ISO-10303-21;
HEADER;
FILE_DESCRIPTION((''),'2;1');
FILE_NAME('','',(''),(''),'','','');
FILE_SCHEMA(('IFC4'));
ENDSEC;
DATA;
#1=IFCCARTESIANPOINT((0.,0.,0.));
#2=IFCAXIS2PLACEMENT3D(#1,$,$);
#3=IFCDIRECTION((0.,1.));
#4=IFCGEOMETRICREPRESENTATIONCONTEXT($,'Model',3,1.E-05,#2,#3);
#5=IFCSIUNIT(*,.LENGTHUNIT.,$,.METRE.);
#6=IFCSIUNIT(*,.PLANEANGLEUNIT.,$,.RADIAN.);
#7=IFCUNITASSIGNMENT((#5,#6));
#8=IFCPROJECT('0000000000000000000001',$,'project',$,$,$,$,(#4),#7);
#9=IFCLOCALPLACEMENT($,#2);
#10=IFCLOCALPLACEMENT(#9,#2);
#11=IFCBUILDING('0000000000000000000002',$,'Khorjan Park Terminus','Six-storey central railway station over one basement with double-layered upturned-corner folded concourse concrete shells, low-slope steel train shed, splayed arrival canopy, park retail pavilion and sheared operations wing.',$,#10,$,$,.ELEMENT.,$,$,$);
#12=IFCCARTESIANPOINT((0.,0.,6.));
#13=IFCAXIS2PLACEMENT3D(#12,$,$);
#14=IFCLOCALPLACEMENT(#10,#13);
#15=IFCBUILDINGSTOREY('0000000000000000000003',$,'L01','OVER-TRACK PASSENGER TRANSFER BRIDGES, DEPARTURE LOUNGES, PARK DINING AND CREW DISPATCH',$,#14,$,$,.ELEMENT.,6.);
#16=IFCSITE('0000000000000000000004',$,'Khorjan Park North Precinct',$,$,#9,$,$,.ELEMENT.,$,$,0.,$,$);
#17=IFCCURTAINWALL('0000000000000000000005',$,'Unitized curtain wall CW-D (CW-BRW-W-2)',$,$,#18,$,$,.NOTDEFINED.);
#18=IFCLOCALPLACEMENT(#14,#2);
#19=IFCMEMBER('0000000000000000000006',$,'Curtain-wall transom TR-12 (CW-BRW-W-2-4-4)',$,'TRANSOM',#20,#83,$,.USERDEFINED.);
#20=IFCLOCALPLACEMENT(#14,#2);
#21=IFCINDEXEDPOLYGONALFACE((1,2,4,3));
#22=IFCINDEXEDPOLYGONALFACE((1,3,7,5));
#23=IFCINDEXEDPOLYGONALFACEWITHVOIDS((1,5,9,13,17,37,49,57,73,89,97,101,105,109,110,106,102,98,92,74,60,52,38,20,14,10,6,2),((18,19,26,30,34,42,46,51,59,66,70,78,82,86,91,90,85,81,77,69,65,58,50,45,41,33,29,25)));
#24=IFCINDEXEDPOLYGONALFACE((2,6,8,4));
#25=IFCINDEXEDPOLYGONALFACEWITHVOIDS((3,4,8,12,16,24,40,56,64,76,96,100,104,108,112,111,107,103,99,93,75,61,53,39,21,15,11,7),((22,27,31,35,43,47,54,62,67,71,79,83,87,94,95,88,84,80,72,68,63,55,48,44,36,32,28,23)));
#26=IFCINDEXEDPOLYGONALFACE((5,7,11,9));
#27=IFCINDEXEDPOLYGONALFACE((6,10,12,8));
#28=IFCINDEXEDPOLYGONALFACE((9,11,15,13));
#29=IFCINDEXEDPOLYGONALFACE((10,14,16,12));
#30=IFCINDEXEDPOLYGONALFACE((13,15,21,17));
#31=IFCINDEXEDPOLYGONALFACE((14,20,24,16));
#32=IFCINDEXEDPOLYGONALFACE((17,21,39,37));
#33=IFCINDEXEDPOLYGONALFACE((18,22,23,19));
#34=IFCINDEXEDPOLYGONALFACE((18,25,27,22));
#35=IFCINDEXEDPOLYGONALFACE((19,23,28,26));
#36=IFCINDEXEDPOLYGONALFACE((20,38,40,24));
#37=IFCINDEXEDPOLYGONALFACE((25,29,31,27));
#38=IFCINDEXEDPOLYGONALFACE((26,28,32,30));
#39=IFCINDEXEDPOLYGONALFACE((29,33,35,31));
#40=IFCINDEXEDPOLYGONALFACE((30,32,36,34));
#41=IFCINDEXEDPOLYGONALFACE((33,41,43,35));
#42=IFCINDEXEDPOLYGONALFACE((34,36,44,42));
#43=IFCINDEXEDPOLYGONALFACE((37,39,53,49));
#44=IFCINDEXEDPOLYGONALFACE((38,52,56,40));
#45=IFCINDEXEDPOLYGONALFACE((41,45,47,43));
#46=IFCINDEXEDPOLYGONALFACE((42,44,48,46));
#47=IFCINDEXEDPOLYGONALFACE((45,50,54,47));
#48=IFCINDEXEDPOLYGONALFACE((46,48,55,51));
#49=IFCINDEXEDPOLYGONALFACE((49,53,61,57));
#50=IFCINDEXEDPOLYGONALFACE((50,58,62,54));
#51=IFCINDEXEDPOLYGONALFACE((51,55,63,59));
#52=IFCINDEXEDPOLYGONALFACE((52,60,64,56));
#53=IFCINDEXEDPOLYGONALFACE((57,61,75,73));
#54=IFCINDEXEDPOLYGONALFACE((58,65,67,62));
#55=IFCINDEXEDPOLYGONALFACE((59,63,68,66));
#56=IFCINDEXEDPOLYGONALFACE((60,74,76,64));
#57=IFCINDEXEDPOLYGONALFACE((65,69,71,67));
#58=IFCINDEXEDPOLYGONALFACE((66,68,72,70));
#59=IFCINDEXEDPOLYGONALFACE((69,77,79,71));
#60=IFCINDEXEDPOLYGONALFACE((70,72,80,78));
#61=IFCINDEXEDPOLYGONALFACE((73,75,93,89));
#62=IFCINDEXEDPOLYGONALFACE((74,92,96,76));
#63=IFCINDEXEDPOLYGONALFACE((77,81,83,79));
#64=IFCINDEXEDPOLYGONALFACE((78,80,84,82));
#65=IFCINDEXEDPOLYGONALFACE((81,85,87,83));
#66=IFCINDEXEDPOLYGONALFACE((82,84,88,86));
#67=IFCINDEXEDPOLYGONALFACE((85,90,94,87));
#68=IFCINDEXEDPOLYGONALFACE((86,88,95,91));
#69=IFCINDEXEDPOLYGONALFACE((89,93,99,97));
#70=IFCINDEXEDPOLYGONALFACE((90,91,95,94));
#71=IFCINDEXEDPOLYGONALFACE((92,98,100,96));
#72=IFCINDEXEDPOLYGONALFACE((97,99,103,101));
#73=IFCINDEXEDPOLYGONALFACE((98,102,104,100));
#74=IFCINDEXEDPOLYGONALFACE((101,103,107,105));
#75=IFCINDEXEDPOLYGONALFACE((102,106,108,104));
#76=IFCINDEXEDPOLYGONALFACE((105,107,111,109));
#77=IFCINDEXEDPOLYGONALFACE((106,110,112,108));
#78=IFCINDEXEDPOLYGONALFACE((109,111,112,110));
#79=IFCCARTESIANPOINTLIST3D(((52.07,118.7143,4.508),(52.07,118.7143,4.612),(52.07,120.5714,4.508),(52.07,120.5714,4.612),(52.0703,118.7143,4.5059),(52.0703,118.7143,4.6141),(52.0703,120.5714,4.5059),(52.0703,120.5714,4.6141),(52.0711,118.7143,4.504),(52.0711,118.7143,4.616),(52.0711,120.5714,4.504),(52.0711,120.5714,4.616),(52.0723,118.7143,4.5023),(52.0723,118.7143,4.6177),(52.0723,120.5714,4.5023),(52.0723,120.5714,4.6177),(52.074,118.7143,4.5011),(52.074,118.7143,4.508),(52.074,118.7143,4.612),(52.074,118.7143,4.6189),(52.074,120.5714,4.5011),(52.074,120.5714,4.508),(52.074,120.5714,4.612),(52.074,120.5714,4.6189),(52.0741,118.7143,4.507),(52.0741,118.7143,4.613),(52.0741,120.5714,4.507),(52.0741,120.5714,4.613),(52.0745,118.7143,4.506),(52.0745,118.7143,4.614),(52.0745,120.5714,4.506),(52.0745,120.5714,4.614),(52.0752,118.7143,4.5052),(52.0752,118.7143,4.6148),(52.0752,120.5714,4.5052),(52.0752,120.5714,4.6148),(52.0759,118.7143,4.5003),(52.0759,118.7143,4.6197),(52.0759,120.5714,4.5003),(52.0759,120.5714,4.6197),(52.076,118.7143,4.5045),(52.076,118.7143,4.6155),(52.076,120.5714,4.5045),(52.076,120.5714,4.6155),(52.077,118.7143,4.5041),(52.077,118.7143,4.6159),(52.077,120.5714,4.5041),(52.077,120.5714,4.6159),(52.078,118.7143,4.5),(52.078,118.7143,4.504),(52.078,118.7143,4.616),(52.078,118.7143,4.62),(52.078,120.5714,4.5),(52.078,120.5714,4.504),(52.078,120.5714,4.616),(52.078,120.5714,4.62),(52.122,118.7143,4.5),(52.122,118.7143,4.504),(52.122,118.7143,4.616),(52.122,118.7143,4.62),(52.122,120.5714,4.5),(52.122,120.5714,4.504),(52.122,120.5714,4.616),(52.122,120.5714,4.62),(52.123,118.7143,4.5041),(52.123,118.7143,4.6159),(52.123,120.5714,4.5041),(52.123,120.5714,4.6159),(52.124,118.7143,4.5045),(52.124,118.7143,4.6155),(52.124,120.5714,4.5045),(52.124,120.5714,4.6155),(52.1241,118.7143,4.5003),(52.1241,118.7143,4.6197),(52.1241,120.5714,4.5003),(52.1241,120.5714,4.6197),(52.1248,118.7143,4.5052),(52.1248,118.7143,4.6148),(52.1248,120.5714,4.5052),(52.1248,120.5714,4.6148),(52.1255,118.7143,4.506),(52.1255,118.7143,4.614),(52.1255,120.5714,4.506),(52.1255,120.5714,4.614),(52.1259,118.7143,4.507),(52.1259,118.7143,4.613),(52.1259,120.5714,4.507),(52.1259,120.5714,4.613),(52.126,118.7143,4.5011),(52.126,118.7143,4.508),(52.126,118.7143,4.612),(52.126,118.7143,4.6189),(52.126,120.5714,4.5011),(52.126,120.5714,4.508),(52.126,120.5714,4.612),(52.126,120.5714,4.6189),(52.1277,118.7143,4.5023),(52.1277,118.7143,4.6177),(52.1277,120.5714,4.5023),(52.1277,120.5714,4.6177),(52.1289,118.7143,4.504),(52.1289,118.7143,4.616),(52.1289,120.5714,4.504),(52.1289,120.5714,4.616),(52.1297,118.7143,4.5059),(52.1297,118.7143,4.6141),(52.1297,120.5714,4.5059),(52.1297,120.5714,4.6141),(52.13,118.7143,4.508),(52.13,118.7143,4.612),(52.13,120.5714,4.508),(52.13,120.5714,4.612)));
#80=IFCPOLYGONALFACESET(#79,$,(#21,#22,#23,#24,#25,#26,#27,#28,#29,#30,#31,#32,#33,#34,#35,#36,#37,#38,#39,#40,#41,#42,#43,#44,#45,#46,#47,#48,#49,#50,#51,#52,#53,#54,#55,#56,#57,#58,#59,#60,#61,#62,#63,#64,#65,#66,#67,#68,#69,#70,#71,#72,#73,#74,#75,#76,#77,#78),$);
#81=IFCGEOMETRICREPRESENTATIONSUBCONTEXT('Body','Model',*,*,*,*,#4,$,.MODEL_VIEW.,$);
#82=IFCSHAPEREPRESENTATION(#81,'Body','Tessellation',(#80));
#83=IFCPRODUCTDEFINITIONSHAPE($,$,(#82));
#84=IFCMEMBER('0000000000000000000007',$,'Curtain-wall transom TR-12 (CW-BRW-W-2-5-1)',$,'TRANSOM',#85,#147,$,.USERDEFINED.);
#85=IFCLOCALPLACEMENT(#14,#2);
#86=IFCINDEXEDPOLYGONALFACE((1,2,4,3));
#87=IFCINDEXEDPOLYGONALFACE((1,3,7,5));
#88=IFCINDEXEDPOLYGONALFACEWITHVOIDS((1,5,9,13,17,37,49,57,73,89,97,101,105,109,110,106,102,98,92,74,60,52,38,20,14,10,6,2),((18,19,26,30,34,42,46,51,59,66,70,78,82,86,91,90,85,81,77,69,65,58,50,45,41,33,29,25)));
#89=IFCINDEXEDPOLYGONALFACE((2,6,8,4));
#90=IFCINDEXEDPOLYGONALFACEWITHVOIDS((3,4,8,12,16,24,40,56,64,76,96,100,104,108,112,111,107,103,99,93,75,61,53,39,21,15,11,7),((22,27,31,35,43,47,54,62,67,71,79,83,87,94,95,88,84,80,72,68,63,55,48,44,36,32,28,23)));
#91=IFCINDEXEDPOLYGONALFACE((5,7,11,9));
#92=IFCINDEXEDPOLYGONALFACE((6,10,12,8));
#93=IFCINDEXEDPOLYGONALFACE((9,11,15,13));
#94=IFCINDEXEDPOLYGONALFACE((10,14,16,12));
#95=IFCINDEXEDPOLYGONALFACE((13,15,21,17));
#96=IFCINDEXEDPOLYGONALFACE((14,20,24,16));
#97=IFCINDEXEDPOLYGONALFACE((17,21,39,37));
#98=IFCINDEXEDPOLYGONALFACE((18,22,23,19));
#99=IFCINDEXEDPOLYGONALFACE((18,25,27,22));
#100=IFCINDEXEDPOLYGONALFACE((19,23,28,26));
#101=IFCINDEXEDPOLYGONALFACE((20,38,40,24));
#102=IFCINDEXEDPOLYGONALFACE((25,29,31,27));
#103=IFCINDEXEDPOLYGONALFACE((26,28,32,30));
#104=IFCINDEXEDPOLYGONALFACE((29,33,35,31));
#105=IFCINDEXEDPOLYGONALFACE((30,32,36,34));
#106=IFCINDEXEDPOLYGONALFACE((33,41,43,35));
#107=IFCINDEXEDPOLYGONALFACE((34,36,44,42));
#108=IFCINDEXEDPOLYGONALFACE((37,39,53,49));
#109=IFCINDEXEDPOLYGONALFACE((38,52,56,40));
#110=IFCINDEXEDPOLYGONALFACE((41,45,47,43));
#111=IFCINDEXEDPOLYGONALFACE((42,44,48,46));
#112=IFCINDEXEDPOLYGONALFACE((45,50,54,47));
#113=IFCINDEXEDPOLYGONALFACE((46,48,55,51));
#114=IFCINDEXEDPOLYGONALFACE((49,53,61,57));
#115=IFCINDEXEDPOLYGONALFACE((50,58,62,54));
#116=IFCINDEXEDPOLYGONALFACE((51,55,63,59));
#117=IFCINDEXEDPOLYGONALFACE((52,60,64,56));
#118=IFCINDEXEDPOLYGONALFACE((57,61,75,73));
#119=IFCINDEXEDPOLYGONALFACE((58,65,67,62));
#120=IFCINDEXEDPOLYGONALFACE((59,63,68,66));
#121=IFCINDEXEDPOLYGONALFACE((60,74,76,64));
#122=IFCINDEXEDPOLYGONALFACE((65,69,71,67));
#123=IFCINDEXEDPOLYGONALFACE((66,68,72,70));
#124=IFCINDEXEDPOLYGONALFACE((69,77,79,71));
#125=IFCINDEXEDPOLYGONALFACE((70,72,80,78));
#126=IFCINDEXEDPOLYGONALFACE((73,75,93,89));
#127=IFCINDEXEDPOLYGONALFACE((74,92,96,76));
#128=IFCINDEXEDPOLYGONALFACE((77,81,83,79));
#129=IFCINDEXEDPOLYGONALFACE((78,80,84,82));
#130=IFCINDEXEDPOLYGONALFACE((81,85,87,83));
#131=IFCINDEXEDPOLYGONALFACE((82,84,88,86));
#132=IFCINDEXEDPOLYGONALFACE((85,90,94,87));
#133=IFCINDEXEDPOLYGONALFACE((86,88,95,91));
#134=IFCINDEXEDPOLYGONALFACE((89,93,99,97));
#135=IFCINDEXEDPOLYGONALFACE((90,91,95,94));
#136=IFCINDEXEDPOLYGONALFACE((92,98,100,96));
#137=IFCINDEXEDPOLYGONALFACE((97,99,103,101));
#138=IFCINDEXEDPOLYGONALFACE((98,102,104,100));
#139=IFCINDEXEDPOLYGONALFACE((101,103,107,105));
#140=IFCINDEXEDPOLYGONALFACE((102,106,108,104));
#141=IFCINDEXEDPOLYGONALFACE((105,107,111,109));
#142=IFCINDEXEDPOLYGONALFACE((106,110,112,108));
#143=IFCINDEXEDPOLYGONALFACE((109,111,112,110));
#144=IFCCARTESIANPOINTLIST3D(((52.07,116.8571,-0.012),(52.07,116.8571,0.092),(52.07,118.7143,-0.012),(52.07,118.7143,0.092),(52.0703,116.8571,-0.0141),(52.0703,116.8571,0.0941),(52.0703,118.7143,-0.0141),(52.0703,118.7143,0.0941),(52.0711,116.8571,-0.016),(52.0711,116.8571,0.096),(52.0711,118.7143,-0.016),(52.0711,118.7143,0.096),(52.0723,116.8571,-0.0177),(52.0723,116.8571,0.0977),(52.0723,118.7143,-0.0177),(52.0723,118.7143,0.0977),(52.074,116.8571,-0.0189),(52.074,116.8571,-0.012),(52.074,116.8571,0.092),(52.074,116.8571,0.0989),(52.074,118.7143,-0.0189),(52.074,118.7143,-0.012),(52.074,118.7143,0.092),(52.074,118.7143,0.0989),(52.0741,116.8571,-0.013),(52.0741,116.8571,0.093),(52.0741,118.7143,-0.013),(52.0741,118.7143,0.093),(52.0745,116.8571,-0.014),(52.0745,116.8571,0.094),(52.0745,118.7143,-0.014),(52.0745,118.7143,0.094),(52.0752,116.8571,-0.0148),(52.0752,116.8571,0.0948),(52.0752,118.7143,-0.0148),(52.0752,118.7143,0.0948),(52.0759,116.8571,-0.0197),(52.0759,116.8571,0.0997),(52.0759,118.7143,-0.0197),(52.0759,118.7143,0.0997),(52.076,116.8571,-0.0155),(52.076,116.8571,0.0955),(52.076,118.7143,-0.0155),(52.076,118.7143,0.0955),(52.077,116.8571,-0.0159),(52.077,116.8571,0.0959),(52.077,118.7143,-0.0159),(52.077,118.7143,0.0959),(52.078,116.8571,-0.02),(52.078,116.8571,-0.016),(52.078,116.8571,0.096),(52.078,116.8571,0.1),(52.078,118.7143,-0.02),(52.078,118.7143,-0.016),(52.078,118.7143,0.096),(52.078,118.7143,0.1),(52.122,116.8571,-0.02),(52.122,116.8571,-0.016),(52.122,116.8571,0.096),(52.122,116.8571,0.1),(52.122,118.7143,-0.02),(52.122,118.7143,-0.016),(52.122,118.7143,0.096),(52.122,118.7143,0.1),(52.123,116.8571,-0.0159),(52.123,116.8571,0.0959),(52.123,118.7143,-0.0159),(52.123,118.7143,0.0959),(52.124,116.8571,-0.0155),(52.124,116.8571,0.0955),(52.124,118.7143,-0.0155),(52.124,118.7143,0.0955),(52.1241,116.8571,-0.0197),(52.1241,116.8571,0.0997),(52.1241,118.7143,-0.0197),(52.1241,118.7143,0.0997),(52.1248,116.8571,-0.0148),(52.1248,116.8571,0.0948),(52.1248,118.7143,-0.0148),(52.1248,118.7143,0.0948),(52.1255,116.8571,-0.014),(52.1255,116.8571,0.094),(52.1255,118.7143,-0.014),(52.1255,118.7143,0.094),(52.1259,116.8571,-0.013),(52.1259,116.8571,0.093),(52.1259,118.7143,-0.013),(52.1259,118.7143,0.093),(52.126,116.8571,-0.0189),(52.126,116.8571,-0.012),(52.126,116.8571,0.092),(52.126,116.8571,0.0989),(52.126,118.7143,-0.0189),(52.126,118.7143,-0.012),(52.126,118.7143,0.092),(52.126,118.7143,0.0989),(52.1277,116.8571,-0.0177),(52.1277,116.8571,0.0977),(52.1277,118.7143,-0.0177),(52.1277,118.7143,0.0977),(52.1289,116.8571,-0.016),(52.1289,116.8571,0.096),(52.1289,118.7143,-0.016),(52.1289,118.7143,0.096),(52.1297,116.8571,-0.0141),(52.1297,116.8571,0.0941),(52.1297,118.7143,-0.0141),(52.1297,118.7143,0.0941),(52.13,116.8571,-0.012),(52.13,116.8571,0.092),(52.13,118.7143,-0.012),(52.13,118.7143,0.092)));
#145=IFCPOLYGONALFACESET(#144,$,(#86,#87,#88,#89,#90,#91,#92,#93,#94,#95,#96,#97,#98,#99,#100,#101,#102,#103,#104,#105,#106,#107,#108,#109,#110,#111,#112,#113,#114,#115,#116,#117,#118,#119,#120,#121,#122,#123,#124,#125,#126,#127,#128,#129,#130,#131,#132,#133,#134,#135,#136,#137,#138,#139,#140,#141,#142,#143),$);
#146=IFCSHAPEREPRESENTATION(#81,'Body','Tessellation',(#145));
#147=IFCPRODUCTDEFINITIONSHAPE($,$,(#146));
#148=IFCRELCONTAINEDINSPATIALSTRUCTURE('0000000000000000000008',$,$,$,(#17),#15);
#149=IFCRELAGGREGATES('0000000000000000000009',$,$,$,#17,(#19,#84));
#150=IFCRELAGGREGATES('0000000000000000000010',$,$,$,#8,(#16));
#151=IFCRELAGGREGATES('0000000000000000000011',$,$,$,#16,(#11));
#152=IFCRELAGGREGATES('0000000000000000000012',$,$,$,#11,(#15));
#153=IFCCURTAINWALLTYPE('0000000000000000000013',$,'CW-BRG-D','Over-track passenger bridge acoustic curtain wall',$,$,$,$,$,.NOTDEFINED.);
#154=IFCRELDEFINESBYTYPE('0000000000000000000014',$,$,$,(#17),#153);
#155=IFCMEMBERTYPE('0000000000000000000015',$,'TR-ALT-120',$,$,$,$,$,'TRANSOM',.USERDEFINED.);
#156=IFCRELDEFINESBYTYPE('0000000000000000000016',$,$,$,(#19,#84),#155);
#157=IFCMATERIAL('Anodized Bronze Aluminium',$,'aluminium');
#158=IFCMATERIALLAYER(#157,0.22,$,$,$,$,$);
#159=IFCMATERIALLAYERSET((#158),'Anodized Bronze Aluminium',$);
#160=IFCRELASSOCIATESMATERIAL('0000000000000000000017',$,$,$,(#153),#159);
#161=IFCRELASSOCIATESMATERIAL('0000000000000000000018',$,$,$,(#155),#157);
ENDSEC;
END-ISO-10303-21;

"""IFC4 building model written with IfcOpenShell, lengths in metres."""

from ifc_helpers import new_model, si_unit, direction, frame, origin, origin_2d, place, context, subcontext, project, spatial, hollow_rectangle, extrude, material, layer, layer_set, material_profile, profile_set, type_object, element, aggregate, save


model = new_model("IFC4")

# Units and contexts
model_context = context("Model", 3, precision=1e-05, world=origin(), true_north=direction((0.0, 1.0)))
body_context = subcontext(model_context, "Body", "Model", "MODEL_VIEW")
ifc_project = project(units=[si_unit("LENGTHUNIT", "METRE"), si_unit("PLANEANGLEUNIT", "RADIAN")], contexts=[model_context])

# Site, building, storey
site_placement = place(None, origin())
site = spatial("IfcSite", under=ifc_project, at=site_placement, Name="Khorjan Park North Precinct", CompositionType="ELEMENT", RefElevation=0.0)
building_placement = place(site_placement, origin())
building = spatial("IfcBuilding", under=site, at=building_placement, Name="Khorjan Park Terminus", Description="Six-storey central railway station over one basement with double-layered upturned-corner folded concourse concrete shells, low-slope steel train shed, splayed arrival canopy, park retail pavilion and sheared operations wing.", CompositionType="ELEMENT")
storey_placement = place(building_placement, frame((0.0, 0.0, 6.0)))
storey = spatial("IfcBuildingStorey", under=building, at=storey_placement, Name="L01", Description="OVER-TRACK PASSENGER TRANSFER BRIDGES, DEPARTURE LOUNGES, PARK DINING AND CREW DISPATCH", CompositionType="ELEMENT", Elevation=6.0)

# Curtain wall, members
ifc_material_1 = material(Name="Anodized Bronze Aluminium", Category="aluminium")
ifc_layer_1 = layer(ifc_material_1, 0.22)
ifc_layer_set_1 = layer_set([ifc_layer_1], Name="Anodized Bronze Aluminium")
curtain_wall_type = type_object("IfcCurtainWallType", Name="CW-BRG-D", Description="Over-track passenger bridge acoustic curtain wall", PredefinedType="NOTDEFINED", material=ifc_layer_set_1)
curtain_wall_placement = place(storey_placement, origin())
curtain_wall = element("IfcCurtainWall", 1, at=curtain_wall_placement, inside=storey, type_object=curtain_wall_type, Name="Unitized curtain wall CW-D (CW-BRW-W-2)", PredefinedType="NOTDEFINED")
ifc_material_profile_1 = material_profile(ifc_material_1, hollow_rectangle(XDim=0.06, YDim=0.12, WallThickness=0.004, InnerFilletRadius=0.004, OuterFilletRadius=0.008, at=origin_2d()), Name="ALT 60x120x4")
ifc_profile_set_1 = profile_set([ifc_material_profile_1], Name="Anodized Bronze Aluminium")
member_type_1 = type_object("IfcMemberType", Name="TR-ALT-120", ElementType="TRANSOM", PredefinedType="USERDEFINED", material=ifc_profile_set_1)
member_1_placement = place(storey_placement, frame((52.1, 120.5714, 4.56), z_axis=(0.0, -1.0, 0.0), x_axis=(1.0, 0.0, 0.0)))
member_1 = element("IfcMember", 2, at=member_1_placement, type_object=member_type_1, Name="Curtain-wall transom TR-12 (CW-BRW-W-2-4-4)", ObjectType="TRANSOM", PredefinedType="USERDEFINED", context=body_context, shape_type="SweptSolid", body=[
    extrude(hollow_rectangle(XDim=0.06, YDim=0.12, WallThickness=0.004, InnerFilletRadius=0.004, OuterFilletRadius=0.008, at=origin_2d()), origin(), (0.0, 0.0, 1.0), 1.8571),
])
member_2_placement = place(storey_placement, frame((52.1, 118.7143, 0.04), z_axis=(0.0, -1.0, 0.0), x_axis=(1.0, 0.0, 0.0)))
member_2 = element("IfcMember", 3, at=member_2_placement, type_object=member_type_1, Name="Curtain-wall transom TR-12 (CW-BRW-W-2-5-1)", ObjectType="TRANSOM", PredefinedType="USERDEFINED", context=body_context, shape_type="SweptSolid", body=[
    extrude(hollow_rectangle(XDim=0.06, YDim=0.12, WallThickness=0.004, InnerFilletRadius=0.004, OuterFilletRadius=0.008, at=origin_2d()), origin(), (0.0, 0.0, 1.0), 1.8572),
])
aggregate(curtain_wall, [member_1, member_2])

save(model, "model.ifc")
